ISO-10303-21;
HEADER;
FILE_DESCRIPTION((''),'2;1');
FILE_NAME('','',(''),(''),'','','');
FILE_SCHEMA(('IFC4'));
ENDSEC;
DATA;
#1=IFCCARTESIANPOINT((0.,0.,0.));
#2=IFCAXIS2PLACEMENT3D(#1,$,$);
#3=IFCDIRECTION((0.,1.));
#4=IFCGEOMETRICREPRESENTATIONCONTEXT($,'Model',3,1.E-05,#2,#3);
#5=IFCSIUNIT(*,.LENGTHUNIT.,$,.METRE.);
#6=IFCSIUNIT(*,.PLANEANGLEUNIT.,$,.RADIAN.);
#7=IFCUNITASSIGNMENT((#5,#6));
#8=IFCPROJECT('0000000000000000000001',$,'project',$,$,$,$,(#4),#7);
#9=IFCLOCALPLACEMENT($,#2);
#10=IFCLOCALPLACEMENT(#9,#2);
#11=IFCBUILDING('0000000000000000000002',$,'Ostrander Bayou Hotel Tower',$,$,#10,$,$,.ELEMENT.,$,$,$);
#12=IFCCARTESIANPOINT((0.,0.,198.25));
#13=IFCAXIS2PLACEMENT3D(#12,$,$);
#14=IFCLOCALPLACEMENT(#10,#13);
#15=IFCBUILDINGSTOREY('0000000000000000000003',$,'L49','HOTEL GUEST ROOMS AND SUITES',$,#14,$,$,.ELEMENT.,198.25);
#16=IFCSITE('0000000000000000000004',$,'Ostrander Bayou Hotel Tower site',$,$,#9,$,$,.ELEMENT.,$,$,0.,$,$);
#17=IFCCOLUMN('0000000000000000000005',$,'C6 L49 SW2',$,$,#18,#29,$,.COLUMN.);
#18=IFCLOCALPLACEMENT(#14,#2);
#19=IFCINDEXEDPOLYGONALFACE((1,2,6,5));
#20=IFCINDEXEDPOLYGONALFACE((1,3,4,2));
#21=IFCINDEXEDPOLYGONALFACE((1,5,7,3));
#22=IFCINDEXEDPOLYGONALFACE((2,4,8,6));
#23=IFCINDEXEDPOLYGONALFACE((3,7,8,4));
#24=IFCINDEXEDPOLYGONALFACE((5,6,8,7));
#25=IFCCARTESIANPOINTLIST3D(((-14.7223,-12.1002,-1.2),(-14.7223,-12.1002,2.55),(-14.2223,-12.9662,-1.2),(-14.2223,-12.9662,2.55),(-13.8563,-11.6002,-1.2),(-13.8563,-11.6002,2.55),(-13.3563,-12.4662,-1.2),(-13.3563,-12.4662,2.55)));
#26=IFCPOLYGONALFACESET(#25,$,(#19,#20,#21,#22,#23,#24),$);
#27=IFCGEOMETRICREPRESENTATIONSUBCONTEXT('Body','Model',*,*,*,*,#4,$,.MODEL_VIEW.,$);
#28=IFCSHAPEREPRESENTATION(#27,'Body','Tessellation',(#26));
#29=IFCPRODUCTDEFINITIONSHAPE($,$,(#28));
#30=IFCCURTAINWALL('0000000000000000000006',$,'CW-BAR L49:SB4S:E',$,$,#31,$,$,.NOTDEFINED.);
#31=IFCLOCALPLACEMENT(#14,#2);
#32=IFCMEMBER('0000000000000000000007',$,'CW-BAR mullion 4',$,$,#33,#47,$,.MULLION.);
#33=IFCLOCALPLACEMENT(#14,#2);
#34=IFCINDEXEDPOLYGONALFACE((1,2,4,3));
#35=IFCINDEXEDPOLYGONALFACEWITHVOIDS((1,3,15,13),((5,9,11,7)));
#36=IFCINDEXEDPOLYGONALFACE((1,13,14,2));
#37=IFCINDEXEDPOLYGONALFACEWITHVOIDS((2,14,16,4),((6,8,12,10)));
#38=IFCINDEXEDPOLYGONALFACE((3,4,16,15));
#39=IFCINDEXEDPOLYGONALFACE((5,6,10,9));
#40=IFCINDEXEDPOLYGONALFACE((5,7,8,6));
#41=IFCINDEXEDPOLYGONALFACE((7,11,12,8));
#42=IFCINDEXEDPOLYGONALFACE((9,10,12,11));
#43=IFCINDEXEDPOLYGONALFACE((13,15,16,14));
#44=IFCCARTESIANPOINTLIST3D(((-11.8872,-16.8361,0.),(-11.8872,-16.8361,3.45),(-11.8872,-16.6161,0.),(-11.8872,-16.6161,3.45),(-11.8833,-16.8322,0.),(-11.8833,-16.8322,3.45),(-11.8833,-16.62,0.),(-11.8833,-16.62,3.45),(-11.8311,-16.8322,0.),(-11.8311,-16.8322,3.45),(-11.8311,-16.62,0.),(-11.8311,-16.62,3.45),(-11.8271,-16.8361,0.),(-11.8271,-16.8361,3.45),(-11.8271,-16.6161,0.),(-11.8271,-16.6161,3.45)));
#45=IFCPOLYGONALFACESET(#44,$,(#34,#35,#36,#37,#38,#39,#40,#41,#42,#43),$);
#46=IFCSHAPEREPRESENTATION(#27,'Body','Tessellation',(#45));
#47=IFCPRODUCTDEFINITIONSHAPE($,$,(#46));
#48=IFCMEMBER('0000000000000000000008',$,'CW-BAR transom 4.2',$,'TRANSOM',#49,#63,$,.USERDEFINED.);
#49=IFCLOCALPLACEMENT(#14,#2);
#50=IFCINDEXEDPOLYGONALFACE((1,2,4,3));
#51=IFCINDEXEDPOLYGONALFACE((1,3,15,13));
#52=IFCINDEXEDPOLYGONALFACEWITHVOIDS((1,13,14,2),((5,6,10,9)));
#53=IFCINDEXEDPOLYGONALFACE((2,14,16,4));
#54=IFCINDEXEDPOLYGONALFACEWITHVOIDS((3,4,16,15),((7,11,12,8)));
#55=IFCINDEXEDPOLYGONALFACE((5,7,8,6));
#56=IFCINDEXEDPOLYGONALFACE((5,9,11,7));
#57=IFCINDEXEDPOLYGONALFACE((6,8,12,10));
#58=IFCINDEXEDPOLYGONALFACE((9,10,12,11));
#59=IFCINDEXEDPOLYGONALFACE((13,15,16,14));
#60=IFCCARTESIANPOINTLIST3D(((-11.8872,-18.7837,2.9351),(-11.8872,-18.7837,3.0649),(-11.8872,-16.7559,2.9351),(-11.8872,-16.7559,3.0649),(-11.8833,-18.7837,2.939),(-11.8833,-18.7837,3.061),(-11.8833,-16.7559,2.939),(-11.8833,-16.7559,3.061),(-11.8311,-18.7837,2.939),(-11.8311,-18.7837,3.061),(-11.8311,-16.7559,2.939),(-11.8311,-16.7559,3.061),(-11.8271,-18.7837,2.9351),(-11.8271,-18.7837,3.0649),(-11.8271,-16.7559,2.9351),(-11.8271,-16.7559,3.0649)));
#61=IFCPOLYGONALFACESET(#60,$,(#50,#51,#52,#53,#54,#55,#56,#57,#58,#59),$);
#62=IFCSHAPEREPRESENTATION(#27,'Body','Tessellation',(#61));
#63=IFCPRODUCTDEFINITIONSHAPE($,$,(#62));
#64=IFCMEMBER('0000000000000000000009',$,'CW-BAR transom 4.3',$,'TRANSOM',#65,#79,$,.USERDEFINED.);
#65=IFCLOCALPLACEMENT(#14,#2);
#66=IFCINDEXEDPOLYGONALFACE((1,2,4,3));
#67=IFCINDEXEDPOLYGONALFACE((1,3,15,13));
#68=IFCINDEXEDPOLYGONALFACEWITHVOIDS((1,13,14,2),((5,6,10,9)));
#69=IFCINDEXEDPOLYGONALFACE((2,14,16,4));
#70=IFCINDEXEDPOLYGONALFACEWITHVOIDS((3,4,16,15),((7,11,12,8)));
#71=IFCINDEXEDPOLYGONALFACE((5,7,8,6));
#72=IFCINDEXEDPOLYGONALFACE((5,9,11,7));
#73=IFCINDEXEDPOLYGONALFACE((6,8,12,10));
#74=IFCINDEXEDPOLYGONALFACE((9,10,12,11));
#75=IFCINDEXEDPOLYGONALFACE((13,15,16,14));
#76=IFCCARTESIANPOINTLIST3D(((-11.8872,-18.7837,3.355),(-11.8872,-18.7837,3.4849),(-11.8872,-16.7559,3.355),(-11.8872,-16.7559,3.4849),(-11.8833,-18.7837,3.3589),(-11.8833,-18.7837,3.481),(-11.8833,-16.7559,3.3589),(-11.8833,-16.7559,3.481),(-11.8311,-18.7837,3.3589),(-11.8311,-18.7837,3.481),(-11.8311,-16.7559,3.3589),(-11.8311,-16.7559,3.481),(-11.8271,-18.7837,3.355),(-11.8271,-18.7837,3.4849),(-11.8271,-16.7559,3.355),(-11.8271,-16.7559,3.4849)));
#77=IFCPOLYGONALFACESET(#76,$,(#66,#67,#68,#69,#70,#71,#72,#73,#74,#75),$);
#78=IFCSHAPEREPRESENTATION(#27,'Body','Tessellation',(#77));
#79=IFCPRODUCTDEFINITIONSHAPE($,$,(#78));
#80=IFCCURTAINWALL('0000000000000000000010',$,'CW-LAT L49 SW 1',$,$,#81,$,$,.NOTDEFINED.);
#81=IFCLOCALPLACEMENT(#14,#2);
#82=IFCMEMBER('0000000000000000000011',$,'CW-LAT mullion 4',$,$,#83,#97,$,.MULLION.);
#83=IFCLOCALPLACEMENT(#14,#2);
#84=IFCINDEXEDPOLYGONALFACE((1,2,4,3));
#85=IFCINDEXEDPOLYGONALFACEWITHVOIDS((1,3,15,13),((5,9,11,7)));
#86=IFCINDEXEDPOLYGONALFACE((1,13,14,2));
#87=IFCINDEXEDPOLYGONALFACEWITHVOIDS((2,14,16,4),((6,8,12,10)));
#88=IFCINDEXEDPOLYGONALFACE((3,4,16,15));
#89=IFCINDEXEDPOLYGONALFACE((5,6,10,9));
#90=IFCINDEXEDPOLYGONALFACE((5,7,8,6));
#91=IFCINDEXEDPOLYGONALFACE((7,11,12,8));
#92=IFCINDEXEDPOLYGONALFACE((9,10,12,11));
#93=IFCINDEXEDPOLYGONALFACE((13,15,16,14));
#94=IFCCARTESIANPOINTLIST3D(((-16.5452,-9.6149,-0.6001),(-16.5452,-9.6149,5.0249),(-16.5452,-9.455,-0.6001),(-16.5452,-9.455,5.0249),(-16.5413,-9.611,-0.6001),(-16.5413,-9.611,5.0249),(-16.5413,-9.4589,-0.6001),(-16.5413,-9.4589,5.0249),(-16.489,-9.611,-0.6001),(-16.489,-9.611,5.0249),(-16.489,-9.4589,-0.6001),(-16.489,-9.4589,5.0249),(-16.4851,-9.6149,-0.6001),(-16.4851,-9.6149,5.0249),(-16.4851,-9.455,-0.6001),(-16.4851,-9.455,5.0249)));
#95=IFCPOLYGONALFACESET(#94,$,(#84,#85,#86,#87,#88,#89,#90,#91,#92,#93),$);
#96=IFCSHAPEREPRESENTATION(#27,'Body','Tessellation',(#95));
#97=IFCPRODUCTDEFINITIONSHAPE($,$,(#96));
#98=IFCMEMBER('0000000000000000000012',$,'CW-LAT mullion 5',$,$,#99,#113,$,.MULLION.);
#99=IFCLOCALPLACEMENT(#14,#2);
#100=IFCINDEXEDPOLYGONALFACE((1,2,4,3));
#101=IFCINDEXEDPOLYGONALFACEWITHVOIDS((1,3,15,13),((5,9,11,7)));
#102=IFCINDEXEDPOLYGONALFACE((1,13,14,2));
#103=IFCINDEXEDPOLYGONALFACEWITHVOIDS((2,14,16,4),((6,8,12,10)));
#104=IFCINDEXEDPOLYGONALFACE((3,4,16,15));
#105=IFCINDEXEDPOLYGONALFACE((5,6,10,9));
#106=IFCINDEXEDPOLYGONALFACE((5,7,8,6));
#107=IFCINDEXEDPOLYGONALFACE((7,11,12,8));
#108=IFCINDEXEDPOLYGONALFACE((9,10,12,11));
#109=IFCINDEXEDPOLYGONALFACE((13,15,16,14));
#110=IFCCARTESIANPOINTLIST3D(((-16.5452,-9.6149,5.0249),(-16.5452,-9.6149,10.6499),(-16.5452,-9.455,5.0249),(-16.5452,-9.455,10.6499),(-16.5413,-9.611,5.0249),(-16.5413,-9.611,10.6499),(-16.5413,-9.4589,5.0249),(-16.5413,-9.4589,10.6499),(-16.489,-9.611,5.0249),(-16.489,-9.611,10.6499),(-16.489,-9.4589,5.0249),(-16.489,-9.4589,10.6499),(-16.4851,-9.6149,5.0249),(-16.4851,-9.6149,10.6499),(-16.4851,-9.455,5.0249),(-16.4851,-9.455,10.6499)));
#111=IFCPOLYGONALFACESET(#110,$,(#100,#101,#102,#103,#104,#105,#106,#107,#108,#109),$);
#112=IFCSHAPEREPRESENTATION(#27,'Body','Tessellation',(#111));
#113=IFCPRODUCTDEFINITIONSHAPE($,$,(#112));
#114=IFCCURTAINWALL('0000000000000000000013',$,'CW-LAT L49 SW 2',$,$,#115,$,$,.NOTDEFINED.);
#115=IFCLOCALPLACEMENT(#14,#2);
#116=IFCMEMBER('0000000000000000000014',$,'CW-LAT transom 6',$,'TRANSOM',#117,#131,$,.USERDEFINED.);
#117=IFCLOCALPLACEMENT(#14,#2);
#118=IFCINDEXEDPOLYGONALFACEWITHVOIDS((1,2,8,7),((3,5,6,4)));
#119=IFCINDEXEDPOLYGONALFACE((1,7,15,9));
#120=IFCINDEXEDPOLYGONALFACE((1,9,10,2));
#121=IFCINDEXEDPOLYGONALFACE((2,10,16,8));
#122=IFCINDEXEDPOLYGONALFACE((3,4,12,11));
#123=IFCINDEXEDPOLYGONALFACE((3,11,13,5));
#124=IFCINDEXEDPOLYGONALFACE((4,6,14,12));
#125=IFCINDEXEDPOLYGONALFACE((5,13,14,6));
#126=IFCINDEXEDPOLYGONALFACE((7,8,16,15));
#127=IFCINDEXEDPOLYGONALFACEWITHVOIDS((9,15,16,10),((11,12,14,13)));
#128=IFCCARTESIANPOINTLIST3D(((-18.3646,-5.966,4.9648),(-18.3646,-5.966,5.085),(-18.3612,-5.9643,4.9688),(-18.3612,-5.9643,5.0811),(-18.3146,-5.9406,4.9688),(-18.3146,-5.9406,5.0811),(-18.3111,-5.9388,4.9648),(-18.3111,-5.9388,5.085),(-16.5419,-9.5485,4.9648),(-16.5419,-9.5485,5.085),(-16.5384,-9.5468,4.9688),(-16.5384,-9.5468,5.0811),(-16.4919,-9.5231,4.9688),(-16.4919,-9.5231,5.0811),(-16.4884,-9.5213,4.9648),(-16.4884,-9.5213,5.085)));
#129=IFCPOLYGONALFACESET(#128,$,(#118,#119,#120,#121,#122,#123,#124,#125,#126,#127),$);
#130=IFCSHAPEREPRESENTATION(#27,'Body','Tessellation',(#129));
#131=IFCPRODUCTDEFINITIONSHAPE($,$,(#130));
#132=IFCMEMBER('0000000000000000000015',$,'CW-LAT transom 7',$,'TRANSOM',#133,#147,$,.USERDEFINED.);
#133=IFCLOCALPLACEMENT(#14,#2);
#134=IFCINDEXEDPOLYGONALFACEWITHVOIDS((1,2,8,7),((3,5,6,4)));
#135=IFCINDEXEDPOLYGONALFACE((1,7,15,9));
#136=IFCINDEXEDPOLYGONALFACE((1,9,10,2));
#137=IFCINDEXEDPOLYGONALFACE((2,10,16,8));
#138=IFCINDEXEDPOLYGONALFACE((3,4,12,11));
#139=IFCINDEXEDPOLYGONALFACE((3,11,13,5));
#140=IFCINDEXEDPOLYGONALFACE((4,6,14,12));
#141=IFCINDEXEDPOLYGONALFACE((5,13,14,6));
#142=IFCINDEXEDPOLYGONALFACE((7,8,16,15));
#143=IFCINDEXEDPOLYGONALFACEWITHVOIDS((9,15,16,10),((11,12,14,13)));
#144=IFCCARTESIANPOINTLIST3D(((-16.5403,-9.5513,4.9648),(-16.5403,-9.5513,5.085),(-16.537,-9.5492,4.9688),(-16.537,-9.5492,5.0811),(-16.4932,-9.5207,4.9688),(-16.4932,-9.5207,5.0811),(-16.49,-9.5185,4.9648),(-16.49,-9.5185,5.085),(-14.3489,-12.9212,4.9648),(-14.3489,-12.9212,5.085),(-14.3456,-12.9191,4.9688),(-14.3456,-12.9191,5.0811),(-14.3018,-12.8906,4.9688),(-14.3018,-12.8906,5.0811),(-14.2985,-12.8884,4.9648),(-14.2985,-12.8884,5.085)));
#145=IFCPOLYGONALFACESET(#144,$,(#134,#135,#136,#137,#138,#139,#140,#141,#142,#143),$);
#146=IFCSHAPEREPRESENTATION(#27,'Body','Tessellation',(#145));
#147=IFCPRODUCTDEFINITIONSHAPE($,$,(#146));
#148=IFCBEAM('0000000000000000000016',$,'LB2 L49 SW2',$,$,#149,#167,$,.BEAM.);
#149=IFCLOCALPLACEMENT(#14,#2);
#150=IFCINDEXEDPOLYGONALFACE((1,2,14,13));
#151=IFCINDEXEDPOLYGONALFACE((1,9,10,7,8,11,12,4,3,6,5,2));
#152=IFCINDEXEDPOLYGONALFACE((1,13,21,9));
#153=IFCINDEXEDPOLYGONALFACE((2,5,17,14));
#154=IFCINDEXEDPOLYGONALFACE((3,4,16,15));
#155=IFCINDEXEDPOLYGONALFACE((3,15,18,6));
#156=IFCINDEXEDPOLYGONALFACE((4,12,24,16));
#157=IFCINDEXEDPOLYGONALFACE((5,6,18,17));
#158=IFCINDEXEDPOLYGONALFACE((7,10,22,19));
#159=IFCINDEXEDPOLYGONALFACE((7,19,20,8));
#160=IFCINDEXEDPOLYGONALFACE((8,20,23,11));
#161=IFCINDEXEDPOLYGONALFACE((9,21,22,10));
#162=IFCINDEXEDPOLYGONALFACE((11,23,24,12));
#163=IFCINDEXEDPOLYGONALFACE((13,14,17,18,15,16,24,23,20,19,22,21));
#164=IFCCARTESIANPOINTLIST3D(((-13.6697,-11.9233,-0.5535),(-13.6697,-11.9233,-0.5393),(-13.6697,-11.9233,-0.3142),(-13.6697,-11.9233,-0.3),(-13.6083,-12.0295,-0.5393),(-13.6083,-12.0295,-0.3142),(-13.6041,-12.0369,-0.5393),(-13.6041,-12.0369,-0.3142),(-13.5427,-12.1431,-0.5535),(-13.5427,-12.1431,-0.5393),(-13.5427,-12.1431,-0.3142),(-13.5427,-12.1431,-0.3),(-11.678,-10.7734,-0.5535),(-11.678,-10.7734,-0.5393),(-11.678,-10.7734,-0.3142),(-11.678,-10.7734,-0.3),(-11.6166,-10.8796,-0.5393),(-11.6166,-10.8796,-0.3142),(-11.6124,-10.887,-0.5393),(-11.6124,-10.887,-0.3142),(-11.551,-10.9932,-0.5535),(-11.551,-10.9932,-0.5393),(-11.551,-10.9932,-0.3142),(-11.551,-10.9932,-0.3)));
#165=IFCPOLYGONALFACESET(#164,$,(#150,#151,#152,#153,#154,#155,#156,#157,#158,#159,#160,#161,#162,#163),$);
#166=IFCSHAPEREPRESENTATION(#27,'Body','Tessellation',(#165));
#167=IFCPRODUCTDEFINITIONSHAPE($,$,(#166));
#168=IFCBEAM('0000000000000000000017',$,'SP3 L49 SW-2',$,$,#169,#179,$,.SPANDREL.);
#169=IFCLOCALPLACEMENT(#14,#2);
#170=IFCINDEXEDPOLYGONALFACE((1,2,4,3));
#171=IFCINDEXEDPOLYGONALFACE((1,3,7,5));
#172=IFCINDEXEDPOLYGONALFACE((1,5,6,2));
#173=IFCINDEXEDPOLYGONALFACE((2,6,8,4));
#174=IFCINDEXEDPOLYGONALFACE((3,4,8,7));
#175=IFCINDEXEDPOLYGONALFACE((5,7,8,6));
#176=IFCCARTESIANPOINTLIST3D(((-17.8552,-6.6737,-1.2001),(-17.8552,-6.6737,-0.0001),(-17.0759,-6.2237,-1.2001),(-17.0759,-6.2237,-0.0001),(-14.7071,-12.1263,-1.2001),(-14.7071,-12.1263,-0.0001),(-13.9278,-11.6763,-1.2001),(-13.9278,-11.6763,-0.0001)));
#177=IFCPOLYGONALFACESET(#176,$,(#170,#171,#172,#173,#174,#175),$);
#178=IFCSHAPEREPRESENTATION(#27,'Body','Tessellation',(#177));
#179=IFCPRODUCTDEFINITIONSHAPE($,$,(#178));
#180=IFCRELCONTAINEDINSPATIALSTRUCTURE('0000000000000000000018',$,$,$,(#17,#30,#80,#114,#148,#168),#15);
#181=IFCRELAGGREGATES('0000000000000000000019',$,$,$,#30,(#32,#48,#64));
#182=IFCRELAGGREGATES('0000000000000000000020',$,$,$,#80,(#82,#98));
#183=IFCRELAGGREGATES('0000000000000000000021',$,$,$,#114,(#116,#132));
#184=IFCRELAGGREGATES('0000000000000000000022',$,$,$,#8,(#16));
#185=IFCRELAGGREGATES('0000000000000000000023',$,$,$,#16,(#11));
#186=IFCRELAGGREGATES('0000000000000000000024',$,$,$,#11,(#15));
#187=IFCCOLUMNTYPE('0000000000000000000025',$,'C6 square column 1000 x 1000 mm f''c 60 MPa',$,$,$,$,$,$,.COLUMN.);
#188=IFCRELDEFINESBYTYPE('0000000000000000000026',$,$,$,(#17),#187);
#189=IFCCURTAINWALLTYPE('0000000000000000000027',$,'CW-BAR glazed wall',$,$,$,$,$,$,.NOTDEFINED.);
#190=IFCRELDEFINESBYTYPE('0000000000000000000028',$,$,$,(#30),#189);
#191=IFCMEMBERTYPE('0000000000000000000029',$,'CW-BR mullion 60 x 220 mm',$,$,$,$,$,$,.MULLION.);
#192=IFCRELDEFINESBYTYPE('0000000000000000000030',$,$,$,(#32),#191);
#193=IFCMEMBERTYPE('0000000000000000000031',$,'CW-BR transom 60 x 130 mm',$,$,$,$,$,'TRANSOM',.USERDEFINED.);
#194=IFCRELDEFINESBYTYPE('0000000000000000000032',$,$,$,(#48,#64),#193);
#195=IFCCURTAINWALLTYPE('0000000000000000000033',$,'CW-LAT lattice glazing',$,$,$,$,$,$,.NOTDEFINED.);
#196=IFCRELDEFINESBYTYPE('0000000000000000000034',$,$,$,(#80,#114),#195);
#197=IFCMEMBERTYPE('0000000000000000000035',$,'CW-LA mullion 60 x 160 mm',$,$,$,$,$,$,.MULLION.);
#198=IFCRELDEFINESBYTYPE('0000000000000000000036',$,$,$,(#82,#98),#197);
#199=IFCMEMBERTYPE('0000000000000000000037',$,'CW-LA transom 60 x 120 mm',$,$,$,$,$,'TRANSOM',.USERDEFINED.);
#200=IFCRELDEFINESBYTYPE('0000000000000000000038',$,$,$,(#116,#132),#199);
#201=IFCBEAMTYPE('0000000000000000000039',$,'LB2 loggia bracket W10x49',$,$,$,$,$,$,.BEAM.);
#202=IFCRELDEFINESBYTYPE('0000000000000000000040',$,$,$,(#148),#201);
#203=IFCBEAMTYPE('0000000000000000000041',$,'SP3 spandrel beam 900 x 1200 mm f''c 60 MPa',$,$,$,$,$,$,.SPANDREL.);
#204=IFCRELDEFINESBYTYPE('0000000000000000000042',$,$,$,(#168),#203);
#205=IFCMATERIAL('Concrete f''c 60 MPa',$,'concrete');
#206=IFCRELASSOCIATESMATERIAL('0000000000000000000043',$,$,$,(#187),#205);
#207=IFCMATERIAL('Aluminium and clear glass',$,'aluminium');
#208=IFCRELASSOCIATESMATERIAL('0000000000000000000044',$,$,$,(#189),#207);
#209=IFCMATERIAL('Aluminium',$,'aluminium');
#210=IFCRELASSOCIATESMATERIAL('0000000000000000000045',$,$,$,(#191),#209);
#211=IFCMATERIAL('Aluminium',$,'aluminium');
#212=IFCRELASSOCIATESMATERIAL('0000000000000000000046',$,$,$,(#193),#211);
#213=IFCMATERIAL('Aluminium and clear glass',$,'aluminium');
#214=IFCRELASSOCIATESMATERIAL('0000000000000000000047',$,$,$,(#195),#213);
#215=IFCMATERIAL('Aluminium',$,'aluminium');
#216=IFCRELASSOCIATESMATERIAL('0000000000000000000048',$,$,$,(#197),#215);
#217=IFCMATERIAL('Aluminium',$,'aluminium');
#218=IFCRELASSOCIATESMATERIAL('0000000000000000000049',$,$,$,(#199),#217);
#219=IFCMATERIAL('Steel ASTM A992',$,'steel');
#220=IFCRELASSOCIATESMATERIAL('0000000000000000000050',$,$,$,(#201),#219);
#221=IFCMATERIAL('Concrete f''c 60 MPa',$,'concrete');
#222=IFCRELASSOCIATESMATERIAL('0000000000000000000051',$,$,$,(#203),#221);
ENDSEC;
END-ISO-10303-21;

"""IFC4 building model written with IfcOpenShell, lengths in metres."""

from ifc_helpers import new_model, si_unit, direction, frame, origin, origin_2d, place, context, subcontext, project, spatial, rectangle, hollow_rectangle, i_section, extrude, material, material_profile, profile_set, type_object, element, aggregate, save


model = new_model("IFC4")

# Units and contexts
model_context = context("Model", 3, precision=1e-05, world=origin(), true_north=direction((0.0, 1.0)))
body_context = subcontext(model_context, "Body", "Model", "MODEL_VIEW")
ifc_project = project(units=[si_unit("LENGTHUNIT", "METRE"), si_unit("PLANEANGLEUNIT", "RADIAN")], contexts=[model_context])

# Site, building, storey
site_placement = place(None, origin())
site = spatial("IfcSite", under=ifc_project, at=site_placement, Name="Ostrander Bayou Hotel Tower site", CompositionType="ELEMENT", RefElevation=0.0)
building_placement = place(site_placement, origin())
building = spatial("IfcBuilding", under=site, at=building_placement, Name="Ostrander Bayou Hotel Tower", CompositionType="ELEMENT")
storey_placement = place(building_placement, frame((0.0, 0.0, 198.25)))
storey = spatial("IfcBuildingStorey", under=building, at=storey_placement, Name="L49", Description="HOTEL GUEST ROOMS AND SUITES", CompositionType="ELEMENT", Elevation=198.25)

# Column
ifc_material_1 = material(Name="Concrete f'c 60 MPa", Category="concrete")
ifc_material_profile_1 = material_profile(ifc_material_1, rectangle(XDim=1.0, YDim=1.0, at=origin_2d()))
ifc_profile_set_1 = profile_set([ifc_material_profile_1], Name="Concrete f'c 60 MPa")
column_type = type_object("IfcColumnType", Name="C6 square column 1000 x 1000 mm f'c 60 MPa", PredefinedType="COLUMN", material=ifc_profile_set_1)
column_placement = place(storey_placement, frame((-14.0393, -12.2832, -1.2), z_axis=(0.0, 0.0, 1.0), x_axis=(-0.5, 0.866025, 0.0)))
element("IfcColumn", 1, at=column_placement, inside=storey, type_object=column_type, Name="C6 L49 SW2", PredefinedType="COLUMN", context=body_context, shape_type="SweptSolid", body=[
    extrude(rectangle(XDim=1.0, YDim=1.0, at=origin_2d()), origin(), (0.0, 0.0, 1.0), 3.75),
])

# Curtain walls, members
ifc_material_2 = material(Name="Aluminium and clear glass", Category="aluminium")
curtain_wall_type_1 = type_object("IfcCurtainWallType", Name="CW-BAR glazed wall", PredefinedType="NOTDEFINED", material=ifc_material_2)
curtain_wall_1_placement = place(storey_placement, origin())
curtain_wall_1 = element("IfcCurtainWall", 2, at=curtain_wall_1_placement, inside=storey, type_object=curtain_wall_type_1, Name="CW-BAR L49:SB4S:E", PredefinedType="NOTDEFINED")
ifc_material_3 = material(Name="Aluminium", Category="aluminium")
ifc_material_profile_2 = material_profile(ifc_material_3, hollow_rectangle(XDim=0.0601, YDim=0.22, WallThickness=0.0039, at=origin_2d()))
ifc_profile_set_2 = profile_set([ifc_material_profile_2], Name="Aluminium")
member_type_1 = type_object("IfcMemberType", Name="CW-BR mullion 60 x 220 mm", PredefinedType="MULLION", material=ifc_profile_set_2)
member_1_placement = place(storey_placement, frame((-11.8572, -16.7261, 0.0), z_axis=(0.0, 0.0, 1.0), x_axis=(1.0, 0.0, 0.0)))
member_1 = element("IfcMember", 3, at=member_1_placement, type_object=member_type_1, Name="CW-BAR mullion 4", PredefinedType="MULLION", context=body_context, shape_type="SweptSolid", body=[
    extrude(hollow_rectangle(XDim=0.0601, YDim=0.22, WallThickness=0.0039, at=origin_2d()), origin(), (0.0, 0.0, 1.0), 3.45),
])
ifc_material_4 = material(Name="Aluminium", Category="aluminium")
ifc_material_profile_3 = material_profile(ifc_material_4, hollow_rectangle(XDim=0.0601, YDim=0.1299, WallThickness=0.0039, at=origin_2d()))
ifc_profile_set_3 = profile_set([ifc_material_profile_3], Name="Aluminium")
member_type_2 = type_object("IfcMemberType", Name="CW-BR transom 60 x 130 mm", ElementType="TRANSOM", PredefinedType="USERDEFINED", material=ifc_profile_set_3)
member_2_placement = place(storey_placement, frame((-11.8572, -16.7559, 3.0), z_axis=(0.0, -1.0, 0.0), x_axis=(1.0, 0.0, 0.0)))
member_2 = element("IfcMember", 4, at=member_2_placement, type_object=member_type_2, Name="CW-BAR transom 4.2", ObjectType="TRANSOM", PredefinedType="USERDEFINED", context=body_context, shape_type="SweptSolid", body=[
    extrude(hollow_rectangle(XDim=0.0601, YDim=0.1299, WallThickness=0.0039, at=origin_2d()), origin(), (0.0, 0.0, 1.0), 2.0278),
])
member_3_placement = place(storey_placement, frame((-11.8572, -16.7559, 3.4199), z_axis=(0.0, -1.0, 0.0), x_axis=(1.0, 0.0, 0.0)))
member_3 = element("IfcMember", 5, at=member_3_placement, type_object=member_type_2, Name="CW-BAR transom 4.3", ObjectType="TRANSOM", PredefinedType="USERDEFINED", context=body_context, shape_type="SweptSolid", body=[
    extrude(hollow_rectangle(XDim=0.0601, YDim=0.1299, WallThickness=0.0039, at=origin_2d()), origin(), (0.0, 0.0, 1.0), 2.0278),
])
aggregate(curtain_wall_1, [member_1, member_2, member_3])
ifc_material_5 = material(Name="Aluminium and clear glass", Category="aluminium")
curtain_wall_type_2 = type_object("IfcCurtainWallType", Name="CW-LAT lattice glazing", PredefinedType="NOTDEFINED", material=ifc_material_5)
curtain_wall_2_placement = place(storey_placement, origin())
curtain_wall_2 = element("IfcCurtainWall", 6, at=curtain_wall_2_placement, inside=storey, type_object=curtain_wall_type_2, Name="CW-LAT L49 SW 1", PredefinedType="NOTDEFINED")
ifc_material_6 = material(Name="Aluminium", Category="aluminium")
ifc_material_profile_4 = material_profile(ifc_material_6, hollow_rectangle(XDim=0.0601, YDim=0.1599, WallThickness=0.0039, at=origin_2d()))
ifc_profile_set_4 = profile_set([ifc_material_profile_4], Name="Aluminium")
member_type_3 = type_object("IfcMemberType", Name="CW-LA mullion 60 x 160 mm", PredefinedType="MULLION", material=ifc_profile_set_4)
member_4_placement = place(storey_placement, frame((-16.5151, -9.5349, -0.6001), z_axis=(0.0, 0.0, 1.0), x_axis=(1.0, 0.0, 0.0)))
member_4 = element("IfcMember", 7, at=member_4_placement, type_object=member_type_3, Name="CW-LAT mullion 4", PredefinedType="MULLION", context=body_context, shape_type="SweptSolid", body=[
    extrude(hollow_rectangle(XDim=0.0601, YDim=0.1599, WallThickness=0.0039, at=origin_2d()), origin(), (0.0, 0.0, 1.0), 5.625),
])
member_5_placement = place(storey_placement, frame((-16.5151, -9.5349, 5.0249), z_axis=(0.0, 0.0, 1.0), x_axis=(1.0, 0.0, 0.0)))
member_5 = element("IfcMember", 8, at=member_5_placement, type_object=member_type_3, Name="CW-LAT mullion 5", PredefinedType="MULLION", context=body_context, shape_type="SweptSolid", body=[
    extrude(hollow_rectangle(XDim=0.0601, YDim=0.1599, WallThickness=0.0039, at=origin_2d()), origin(), (0.0, 0.0, 1.0), 5.625),
])
aggregate(curtain_wall_2, [member_4, member_5])
curtain_wall_3_placement = place(storey_placement, origin())
curtain_wall_3 = element("IfcCurtainWall", 9, at=curtain_wall_3_placement, inside=storey, type_object=curtain_wall_type_2, Name="CW-LAT L49 SW 2", PredefinedType="NOTDEFINED")
ifc_material_7 = material(Name="Aluminium", Category="aluminium")
ifc_material_profile_5 = material_profile(ifc_material_7, hollow_rectangle(XDim=0.0601, YDim=0.1201, WallThickness=0.0039, at=origin_2d()))
ifc_profile_set_5 = profile_set([ifc_material_profile_5], Name="Aluminium")
member_type_4 = type_object("IfcMemberType", Name="CW-LA transom 60 x 120 mm", ElementType="TRANSOM", PredefinedType="USERDEFINED", material=ifc_profile_set_5)
member_6_placement = place(storey_placement, frame((-16.5151, -9.5349, 5.0249), z_axis=(-0.453471, 0.891271, 0.0), x_axis=(-0.891271, -0.453471, 0.0)))
member_6 = element("IfcMember", 10, at=member_6_placement, type_object=member_type_4, Name="CW-LAT transom 6", ObjectType="TRANSOM", PredefinedType="USERDEFINED", context=body_context, shape_type="SweptSolid", body=[
    extrude(hollow_rectangle(XDim=0.0601, YDim=0.1201, WallThickness=0.0039, at=origin_2d()), origin(), (0.0, 0.0, 1.0), 4.0195),
])
member_7_placement = place(storey_placement, frame((-16.5151, -9.5349, 5.0249), z_axis=(0.545161, -0.838331, 0.0), x_axis=(0.838331, 0.545161, 0.0)))
member_7 = element("IfcMember", 11, at=member_7_placement, type_object=member_type_4, Name="CW-LAT transom 7", ObjectType="TRANSOM", PredefinedType="USERDEFINED", context=body_context, shape_type="SweptSolid", body=[
    extrude(hollow_rectangle(XDim=0.0601, YDim=0.1201, WallThickness=0.0039, at=origin_2d()), origin(), (0.0, 0.0, 1.0), 4.0198),
])
aggregate(curtain_wall_3, [member_6, member_7])

# Beams
ifc_material_8 = material(Name="Steel ASTM A992", Category="steel")
ifc_material_profile_6 = material_profile(ifc_material_8, i_section(OverallWidth=0.2539, OverallDepth=0.2534, WebThickness=0.0085, FlangeThickness=0.0142, at=origin_2d()))
ifc_profile_set_6 = profile_set([ifc_material_profile_6], Name="Steel ASTM A992")
beam_type_1 = type_object("IfcBeamType", Name="LB2 loggia bracket W10x49", PredefinedType="BEAM", material=ifc_profile_set_6)
beam_1_placement = place(storey_placement, frame((-13.6062, -12.0332, -0.4268), z_axis=(0.866026, 0.499998, 0.0), x_axis=(-0.499998, 0.866026, 0.0)))
element("IfcBeam", 12, at=beam_1_placement, inside=storey, type_object=beam_type_1, Name="LB2 L49 SW2", PredefinedType="BEAM", context=body_context, shape_type="SweptSolid", body=[
    extrude(i_section(OverallWidth=0.2539, OverallDepth=0.2534, WebThickness=0.0085, FlangeThickness=0.0142, at=origin_2d()), origin(), (0.0, 0.0, 1.0), 2.2998),
])
ifc_material_9 = material(Name="Concrete f'c 60 MPa", Category="concrete")
ifc_material_profile_7 = material_profile(ifc_material_9, rectangle(XDim=0.8999, YDim=1.2, at=origin_2d()))
ifc_profile_set_7 = profile_set([ifc_material_profile_7], Name="Concrete f'c 60 MPa")
beam_type_2 = type_object("IfcBeamType", Name="SP3 spandrel beam 900 x 1200 mm f'c 60 MPa", PredefinedType="SPANDREL", material=ifc_profile_set_7)
beam_2_placement = place(storey_placement, frame((-17.4656, -6.4487, -0.6001), z_axis=(0.500013, -0.866018, 0.0), x_axis=(0.866018, 0.500013, 0.0)))
element("IfcBeam", 13, at=beam_2_placement, inside=storey, type_object=beam_type_2, Name="SP3 L49 SW-2", PredefinedType="SPANDREL", context=body_context, shape_type="SweptSolid", body=[
    extrude(rectangle(XDim=0.8999, YDim=1.2, at=origin_2d()), origin(), (0.0, 0.0, 1.0), 6.2961),
])

save(model, "model.ifc")
